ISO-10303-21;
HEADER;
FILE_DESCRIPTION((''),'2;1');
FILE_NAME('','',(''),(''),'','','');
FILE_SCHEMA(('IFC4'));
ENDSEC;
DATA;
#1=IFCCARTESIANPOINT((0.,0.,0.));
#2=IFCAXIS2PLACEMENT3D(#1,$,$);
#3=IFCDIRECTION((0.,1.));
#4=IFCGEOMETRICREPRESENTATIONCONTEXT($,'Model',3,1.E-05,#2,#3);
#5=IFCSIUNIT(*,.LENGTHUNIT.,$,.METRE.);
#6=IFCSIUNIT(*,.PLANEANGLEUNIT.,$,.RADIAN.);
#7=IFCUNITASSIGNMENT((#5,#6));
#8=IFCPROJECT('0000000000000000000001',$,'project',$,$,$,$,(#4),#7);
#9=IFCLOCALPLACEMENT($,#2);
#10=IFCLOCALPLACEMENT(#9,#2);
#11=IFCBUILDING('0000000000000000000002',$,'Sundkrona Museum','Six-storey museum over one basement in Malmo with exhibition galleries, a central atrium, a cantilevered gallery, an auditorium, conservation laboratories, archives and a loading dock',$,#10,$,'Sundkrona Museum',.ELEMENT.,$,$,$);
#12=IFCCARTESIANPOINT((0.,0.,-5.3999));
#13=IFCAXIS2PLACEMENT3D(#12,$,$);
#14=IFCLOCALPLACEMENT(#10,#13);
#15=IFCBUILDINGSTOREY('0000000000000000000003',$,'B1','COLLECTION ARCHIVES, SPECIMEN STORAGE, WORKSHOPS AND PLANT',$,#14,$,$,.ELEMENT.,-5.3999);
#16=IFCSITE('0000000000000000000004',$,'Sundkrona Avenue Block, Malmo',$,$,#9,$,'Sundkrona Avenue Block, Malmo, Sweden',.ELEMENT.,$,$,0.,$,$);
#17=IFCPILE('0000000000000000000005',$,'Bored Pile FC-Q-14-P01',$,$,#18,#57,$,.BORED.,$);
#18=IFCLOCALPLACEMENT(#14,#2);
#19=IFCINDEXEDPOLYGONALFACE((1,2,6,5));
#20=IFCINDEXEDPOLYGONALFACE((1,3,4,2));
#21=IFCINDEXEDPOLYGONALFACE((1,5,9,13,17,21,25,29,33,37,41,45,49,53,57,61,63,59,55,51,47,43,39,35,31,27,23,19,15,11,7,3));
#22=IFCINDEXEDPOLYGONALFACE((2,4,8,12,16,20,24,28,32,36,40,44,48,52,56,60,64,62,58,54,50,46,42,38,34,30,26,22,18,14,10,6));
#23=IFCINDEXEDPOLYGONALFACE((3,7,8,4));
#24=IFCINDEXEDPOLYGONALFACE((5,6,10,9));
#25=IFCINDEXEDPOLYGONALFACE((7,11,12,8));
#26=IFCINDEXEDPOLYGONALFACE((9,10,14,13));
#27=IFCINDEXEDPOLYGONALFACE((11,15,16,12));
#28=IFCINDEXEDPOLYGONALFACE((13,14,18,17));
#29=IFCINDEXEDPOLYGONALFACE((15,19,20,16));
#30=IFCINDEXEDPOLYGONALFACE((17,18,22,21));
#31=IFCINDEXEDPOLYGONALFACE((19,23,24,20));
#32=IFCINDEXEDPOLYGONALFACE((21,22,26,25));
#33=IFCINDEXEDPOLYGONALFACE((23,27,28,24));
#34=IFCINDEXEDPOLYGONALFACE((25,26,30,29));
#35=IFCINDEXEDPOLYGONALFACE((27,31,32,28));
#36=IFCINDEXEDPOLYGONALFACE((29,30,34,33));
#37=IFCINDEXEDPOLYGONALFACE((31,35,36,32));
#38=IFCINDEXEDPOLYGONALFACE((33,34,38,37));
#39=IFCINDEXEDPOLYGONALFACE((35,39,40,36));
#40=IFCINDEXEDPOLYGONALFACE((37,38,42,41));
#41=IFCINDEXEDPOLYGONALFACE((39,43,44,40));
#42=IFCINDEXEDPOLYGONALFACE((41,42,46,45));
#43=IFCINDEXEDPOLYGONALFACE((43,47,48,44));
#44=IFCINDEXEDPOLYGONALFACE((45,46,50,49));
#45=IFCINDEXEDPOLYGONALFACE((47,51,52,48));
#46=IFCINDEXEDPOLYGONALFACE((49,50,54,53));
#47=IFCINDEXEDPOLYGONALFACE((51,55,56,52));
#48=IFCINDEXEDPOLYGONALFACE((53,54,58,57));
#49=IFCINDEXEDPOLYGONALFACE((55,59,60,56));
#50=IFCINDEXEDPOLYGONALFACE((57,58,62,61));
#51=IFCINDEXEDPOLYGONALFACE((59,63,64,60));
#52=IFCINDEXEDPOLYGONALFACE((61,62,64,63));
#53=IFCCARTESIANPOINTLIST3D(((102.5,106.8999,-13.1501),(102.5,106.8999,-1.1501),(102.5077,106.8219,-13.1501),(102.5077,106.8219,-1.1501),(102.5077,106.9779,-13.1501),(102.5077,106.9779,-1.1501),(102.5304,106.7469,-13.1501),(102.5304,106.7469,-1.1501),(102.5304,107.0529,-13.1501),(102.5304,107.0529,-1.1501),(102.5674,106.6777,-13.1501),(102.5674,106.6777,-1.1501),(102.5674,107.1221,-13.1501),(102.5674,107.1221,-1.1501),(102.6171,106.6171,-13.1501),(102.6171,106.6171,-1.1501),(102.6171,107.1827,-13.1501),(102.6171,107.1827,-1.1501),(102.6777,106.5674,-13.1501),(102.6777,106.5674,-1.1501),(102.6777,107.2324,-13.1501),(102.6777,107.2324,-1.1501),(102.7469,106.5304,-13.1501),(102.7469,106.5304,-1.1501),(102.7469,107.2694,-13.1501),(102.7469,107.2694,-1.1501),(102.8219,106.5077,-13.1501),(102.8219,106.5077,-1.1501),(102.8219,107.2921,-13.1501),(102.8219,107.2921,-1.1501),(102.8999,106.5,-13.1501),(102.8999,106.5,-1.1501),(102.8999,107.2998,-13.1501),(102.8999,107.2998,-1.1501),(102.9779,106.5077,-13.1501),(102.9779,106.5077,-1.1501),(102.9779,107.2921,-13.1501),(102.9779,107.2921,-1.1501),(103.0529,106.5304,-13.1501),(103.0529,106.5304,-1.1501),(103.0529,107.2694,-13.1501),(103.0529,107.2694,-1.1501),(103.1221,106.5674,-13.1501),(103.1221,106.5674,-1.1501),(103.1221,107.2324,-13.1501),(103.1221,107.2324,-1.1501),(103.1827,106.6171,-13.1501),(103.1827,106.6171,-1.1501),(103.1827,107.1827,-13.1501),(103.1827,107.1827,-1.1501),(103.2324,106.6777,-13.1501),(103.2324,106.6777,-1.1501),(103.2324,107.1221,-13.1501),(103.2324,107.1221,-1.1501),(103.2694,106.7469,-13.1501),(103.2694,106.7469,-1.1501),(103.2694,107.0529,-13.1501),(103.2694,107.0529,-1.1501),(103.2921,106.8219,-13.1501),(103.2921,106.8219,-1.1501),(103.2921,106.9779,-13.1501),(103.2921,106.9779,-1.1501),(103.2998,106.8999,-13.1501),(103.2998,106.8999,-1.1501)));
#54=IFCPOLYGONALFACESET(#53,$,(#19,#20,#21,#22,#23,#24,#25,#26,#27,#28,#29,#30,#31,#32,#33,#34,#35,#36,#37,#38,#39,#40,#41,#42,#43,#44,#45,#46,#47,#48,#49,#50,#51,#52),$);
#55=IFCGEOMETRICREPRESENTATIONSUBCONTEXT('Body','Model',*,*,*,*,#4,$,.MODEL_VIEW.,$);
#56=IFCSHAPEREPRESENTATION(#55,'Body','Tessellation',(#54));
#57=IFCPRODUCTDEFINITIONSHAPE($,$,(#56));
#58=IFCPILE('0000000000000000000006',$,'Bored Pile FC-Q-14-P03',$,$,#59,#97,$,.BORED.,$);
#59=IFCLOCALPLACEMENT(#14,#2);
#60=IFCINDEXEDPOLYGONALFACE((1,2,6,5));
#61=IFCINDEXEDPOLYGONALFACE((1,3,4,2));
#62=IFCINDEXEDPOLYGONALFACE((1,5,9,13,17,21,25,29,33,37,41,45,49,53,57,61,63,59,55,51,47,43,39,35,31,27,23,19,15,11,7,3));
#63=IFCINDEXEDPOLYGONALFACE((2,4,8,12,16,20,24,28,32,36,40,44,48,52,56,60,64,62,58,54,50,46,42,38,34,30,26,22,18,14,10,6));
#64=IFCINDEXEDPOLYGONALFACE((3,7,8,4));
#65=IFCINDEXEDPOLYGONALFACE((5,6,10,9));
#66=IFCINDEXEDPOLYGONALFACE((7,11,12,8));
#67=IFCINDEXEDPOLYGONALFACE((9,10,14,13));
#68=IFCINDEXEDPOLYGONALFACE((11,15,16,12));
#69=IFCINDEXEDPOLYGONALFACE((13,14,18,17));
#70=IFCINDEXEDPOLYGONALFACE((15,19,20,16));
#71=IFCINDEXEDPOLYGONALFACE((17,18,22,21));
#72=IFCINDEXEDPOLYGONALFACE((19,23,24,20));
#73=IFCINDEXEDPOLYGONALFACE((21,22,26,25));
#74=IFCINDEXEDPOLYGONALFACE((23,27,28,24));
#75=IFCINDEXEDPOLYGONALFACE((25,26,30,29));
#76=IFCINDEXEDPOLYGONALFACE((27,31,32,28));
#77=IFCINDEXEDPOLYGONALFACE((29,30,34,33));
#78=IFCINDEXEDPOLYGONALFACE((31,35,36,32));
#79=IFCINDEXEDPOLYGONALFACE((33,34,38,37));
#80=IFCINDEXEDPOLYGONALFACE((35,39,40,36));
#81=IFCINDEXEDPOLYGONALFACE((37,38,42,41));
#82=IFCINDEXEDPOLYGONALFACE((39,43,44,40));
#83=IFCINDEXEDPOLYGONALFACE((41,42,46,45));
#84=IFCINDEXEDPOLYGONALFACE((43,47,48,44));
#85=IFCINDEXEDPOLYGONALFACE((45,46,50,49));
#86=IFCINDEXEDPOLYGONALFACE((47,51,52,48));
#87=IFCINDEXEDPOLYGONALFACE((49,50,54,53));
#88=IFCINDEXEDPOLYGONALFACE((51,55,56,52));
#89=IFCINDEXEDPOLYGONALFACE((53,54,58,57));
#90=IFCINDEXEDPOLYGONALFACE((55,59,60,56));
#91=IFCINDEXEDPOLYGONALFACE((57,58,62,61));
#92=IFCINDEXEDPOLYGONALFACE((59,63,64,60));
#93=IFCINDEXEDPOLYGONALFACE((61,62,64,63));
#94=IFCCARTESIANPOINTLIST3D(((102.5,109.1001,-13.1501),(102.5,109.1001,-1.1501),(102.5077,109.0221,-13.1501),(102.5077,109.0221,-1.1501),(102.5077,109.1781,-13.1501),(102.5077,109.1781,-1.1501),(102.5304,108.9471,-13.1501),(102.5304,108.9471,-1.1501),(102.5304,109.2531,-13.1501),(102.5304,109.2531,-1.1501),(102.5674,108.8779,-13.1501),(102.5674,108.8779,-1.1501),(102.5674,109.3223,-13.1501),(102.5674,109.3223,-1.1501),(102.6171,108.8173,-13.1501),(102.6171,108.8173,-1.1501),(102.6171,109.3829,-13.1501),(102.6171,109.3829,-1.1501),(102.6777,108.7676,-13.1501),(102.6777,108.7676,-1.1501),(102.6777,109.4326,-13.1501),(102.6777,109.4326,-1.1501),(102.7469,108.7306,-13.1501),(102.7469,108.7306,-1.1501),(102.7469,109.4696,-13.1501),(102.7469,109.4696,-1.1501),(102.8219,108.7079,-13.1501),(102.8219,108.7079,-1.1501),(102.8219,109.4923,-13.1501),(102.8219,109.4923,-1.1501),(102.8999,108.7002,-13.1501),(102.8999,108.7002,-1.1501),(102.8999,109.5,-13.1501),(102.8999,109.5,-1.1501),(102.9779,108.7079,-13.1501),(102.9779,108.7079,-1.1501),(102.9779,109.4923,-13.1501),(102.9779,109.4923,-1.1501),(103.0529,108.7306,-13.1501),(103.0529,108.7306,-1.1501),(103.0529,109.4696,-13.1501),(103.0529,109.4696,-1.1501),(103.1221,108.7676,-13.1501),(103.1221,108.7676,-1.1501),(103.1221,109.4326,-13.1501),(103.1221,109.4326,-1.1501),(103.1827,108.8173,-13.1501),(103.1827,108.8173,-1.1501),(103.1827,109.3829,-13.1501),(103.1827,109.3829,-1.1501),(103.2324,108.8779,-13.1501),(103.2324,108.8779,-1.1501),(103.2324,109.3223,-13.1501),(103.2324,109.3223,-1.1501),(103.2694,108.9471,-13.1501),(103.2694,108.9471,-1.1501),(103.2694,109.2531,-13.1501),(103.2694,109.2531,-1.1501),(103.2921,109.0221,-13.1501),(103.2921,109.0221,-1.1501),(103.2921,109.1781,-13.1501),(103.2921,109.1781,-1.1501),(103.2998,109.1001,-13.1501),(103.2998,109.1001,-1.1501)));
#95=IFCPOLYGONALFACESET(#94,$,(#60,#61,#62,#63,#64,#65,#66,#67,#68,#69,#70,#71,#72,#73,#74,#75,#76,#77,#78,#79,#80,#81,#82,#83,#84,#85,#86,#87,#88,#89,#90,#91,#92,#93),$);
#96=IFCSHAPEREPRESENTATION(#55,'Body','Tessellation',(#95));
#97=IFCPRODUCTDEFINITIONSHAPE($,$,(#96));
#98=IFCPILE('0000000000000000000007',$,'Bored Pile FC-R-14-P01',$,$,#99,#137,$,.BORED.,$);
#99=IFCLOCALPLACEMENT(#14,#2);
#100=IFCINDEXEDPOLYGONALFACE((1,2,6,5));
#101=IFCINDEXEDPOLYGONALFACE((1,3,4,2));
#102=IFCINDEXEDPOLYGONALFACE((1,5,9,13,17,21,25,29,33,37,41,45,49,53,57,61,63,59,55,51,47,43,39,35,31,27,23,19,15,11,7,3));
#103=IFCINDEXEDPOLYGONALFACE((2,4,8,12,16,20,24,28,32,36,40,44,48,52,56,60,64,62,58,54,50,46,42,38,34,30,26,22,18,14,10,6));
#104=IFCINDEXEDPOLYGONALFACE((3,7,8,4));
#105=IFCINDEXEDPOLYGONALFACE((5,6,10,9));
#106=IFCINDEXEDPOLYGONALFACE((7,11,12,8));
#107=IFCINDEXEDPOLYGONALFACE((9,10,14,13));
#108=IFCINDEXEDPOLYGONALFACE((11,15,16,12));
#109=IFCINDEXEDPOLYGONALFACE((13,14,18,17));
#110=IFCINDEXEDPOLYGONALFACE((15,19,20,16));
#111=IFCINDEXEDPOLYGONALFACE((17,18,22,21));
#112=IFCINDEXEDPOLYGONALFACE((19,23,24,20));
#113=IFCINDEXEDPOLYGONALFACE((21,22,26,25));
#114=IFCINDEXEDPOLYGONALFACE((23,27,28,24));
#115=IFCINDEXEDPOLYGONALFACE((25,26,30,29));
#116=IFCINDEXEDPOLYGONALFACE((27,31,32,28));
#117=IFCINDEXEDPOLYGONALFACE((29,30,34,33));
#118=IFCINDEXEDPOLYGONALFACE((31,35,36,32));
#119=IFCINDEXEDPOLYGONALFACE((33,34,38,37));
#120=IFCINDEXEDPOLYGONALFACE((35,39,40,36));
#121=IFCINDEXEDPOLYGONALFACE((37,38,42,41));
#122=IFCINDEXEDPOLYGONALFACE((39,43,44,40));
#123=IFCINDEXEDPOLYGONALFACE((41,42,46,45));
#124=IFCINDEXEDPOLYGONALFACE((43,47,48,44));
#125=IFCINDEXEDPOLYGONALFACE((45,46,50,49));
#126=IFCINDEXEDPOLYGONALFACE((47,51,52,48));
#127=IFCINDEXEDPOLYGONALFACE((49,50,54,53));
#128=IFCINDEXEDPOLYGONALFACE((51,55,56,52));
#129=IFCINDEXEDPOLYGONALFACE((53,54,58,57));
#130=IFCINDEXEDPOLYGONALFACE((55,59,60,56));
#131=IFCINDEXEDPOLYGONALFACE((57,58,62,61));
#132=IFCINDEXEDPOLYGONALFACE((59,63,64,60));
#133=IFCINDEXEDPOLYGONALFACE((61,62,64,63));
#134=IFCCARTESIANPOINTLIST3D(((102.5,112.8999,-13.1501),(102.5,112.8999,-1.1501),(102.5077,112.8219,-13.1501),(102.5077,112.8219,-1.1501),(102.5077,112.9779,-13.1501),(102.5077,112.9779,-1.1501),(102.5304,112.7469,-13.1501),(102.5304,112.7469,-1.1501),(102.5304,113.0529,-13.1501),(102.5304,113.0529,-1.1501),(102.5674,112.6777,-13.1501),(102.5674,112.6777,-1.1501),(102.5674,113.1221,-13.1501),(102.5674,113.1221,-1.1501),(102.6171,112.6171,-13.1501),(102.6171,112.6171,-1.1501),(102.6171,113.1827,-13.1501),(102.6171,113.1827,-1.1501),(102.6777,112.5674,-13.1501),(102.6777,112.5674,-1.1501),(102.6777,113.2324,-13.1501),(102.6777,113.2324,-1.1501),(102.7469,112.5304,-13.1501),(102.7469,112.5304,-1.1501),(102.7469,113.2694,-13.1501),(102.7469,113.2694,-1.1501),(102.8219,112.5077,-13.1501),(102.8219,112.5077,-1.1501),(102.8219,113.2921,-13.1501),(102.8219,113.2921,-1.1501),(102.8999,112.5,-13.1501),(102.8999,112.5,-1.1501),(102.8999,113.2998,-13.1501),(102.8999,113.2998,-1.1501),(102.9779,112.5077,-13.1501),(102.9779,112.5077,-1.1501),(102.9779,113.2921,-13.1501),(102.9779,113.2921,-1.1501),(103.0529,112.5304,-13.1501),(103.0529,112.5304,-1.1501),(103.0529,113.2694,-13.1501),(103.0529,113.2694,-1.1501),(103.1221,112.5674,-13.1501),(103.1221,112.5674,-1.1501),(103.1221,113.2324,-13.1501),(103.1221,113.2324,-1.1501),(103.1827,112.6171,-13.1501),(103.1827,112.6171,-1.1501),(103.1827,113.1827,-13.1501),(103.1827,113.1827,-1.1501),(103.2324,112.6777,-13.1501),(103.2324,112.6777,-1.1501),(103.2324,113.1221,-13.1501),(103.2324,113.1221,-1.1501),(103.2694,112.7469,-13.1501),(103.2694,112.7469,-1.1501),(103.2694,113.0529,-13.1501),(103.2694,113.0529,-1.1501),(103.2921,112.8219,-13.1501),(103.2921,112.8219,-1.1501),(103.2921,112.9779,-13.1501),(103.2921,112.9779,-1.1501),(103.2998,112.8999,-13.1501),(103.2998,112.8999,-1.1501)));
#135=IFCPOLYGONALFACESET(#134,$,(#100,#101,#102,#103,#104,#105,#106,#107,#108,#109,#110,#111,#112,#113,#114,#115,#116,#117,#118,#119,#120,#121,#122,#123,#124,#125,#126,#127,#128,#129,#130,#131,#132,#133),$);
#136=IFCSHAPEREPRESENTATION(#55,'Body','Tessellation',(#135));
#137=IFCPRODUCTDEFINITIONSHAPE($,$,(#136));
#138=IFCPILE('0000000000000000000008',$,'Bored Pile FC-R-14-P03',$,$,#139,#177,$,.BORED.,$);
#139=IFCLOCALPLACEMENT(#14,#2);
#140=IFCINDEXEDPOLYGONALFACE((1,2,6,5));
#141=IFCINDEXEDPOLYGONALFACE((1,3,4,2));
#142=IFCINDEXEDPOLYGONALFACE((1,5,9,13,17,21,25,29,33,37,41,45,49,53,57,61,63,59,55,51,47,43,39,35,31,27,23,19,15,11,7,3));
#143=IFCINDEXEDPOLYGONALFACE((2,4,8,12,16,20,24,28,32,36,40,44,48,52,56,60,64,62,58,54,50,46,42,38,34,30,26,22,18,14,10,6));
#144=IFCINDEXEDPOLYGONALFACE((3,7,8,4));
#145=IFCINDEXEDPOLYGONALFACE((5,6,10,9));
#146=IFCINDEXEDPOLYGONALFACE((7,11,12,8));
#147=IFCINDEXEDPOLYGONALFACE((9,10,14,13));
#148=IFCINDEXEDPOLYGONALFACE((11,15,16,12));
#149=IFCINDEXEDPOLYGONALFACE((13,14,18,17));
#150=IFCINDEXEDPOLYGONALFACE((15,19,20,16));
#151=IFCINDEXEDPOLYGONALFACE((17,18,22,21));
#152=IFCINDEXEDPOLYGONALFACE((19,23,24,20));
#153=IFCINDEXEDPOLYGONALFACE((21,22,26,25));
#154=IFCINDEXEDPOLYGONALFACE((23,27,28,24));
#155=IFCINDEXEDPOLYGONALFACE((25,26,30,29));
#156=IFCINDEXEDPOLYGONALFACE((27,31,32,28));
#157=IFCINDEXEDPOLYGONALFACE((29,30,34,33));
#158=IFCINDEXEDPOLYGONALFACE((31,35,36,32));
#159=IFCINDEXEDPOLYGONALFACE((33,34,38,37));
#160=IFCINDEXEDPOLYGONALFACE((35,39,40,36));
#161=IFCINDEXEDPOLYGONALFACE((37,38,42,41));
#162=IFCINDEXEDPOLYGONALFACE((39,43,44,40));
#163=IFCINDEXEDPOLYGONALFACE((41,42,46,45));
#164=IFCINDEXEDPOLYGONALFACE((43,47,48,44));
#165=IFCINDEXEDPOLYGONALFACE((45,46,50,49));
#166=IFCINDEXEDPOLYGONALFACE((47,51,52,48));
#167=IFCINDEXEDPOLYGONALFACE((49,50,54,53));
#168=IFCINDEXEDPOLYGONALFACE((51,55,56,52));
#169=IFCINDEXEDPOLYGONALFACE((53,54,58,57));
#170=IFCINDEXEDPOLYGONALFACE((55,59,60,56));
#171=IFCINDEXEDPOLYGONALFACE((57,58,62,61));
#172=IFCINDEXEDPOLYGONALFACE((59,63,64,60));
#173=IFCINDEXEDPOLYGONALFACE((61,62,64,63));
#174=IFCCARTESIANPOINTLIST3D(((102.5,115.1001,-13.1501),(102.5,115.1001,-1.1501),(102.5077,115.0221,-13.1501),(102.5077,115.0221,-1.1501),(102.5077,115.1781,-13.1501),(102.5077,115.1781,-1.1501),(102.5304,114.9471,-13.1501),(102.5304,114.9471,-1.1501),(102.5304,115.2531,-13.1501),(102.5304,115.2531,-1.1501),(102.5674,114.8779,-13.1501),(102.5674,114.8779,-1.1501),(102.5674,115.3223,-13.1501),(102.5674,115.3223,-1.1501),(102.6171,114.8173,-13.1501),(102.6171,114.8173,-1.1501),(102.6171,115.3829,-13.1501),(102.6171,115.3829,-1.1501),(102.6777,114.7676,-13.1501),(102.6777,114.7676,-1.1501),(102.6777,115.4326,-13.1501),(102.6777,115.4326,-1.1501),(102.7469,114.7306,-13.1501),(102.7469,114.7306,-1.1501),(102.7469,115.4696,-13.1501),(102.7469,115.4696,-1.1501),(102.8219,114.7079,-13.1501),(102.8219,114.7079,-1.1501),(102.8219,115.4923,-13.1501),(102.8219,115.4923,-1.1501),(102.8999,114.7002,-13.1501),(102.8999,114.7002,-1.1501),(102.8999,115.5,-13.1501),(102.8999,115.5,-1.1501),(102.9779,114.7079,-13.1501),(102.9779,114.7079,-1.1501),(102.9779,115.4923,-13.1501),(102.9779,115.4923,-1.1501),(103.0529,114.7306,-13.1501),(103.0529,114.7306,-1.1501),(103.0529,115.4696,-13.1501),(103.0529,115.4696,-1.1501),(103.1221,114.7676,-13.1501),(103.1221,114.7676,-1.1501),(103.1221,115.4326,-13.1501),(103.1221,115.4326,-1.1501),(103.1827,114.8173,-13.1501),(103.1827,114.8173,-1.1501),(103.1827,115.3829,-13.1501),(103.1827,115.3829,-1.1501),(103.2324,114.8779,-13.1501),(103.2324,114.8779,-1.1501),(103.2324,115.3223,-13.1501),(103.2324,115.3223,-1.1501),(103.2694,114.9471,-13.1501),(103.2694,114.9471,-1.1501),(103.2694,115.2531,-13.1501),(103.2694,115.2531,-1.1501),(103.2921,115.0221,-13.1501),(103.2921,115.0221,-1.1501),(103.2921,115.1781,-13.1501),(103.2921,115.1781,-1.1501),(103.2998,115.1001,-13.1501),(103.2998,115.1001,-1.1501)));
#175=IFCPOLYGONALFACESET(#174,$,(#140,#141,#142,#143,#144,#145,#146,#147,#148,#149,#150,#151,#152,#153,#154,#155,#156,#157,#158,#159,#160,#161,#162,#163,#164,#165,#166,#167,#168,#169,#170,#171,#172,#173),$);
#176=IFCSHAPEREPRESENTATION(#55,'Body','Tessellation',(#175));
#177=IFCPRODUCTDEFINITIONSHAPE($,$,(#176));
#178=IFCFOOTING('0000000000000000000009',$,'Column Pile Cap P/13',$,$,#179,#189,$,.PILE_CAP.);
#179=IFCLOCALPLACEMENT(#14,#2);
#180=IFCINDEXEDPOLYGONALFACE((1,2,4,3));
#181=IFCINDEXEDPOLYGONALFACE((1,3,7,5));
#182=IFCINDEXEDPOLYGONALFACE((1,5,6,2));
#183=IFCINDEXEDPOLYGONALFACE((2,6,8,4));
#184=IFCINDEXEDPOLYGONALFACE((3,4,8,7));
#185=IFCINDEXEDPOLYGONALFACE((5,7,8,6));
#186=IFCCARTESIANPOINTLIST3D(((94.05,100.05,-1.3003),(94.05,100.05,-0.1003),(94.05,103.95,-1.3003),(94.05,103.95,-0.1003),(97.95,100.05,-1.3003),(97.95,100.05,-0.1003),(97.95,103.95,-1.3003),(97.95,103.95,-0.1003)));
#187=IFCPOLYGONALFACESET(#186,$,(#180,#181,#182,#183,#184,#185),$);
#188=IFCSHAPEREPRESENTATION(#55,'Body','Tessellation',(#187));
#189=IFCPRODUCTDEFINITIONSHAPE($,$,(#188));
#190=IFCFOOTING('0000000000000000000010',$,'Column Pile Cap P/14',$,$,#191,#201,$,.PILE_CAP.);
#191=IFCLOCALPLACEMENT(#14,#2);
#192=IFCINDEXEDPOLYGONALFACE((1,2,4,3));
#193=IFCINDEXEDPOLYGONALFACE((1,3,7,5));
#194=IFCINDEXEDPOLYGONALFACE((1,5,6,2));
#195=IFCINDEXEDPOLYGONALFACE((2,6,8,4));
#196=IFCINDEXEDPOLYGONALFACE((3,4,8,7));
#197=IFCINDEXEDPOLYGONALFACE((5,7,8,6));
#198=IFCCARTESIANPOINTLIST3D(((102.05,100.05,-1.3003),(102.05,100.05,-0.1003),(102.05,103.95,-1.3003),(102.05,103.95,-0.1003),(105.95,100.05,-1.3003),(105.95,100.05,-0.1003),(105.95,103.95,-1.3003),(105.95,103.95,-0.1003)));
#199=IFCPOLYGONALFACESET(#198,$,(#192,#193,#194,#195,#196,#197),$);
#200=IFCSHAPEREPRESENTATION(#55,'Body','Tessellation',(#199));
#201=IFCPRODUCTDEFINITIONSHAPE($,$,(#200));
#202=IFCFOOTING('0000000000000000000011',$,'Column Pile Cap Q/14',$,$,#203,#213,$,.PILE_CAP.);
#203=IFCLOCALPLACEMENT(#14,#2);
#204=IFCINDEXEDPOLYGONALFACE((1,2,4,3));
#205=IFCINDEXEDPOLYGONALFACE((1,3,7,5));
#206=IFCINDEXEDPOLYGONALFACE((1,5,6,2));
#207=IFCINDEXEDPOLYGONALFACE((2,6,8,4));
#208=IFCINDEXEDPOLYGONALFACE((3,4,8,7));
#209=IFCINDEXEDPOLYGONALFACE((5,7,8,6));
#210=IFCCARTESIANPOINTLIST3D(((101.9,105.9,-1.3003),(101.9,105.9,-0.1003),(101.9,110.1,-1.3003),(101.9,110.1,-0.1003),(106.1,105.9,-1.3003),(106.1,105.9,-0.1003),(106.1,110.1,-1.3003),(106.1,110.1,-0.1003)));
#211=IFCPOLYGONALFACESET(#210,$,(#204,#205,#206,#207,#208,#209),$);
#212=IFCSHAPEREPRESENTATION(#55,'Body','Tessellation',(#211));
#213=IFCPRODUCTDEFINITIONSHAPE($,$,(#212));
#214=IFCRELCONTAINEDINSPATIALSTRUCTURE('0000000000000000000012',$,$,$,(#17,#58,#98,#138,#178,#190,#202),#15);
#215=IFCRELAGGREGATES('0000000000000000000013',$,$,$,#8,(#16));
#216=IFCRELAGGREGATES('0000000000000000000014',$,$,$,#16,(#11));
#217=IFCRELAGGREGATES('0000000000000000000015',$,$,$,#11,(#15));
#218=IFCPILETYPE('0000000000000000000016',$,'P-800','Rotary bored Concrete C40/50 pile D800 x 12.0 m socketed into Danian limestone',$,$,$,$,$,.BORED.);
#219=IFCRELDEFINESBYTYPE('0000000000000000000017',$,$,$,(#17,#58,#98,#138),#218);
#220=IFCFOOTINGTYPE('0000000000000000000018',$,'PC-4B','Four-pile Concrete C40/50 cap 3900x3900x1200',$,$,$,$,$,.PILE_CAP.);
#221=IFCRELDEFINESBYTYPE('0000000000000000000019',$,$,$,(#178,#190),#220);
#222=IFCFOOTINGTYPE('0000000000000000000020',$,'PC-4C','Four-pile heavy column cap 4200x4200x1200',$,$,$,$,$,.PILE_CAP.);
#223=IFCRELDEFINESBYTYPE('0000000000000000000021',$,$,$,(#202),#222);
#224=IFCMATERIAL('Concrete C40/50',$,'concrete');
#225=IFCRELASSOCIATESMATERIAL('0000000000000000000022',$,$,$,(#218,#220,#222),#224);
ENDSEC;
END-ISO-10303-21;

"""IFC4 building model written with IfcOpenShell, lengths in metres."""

from ifc_helpers import new_model, si_unit, direction, frame, origin, origin_2d, place, context, subcontext, project, spatial, rectangle, circle, extrude, material, material_profile, profile_set, type_object, element, save


model = new_model("IFC4")

# Units and contexts
model_context = context("Model", 3, precision=1e-05, world=origin(), true_north=direction((0.0, 1.0)))
body_context = subcontext(model_context, "Body", "Model", "MODEL_VIEW")
ifc_project = project(units=[si_unit("LENGTHUNIT", "METRE"), si_unit("PLANEANGLEUNIT", "RADIAN")], contexts=[model_context])

# Site, building, storey
site_placement = place(None, origin())
site = spatial("IfcSite", under=ifc_project, at=site_placement, Name="Sundkrona Avenue Block, Malmo", LongName="Sundkrona Avenue Block, Malmo, Sweden", CompositionType="ELEMENT", RefElevation=0.0)
building_placement = place(site_placement, origin())
building = spatial("IfcBuilding", under=site, at=building_placement, Name="Sundkrona Museum", Description="Six-storey museum over one basement in Malmo with exhibition galleries, a central atrium, a cantilevered gallery, an auditorium, conservation laboratories, archives and a loading dock", LongName="Sundkrona Museum", CompositionType="ELEMENT")
storey_placement = place(building_placement, frame((0.0, 0.0, -5.3999)))
storey = spatial("IfcBuildingStorey", under=building, at=storey_placement, Name="B1", Description="COLLECTION ARCHIVES, SPECIMEN STORAGE, WORKSHOPS AND PLANT", CompositionType="ELEMENT", Elevation=-5.3999)

# Shared definitions
ifc_material_1 = material(Name="Concrete C40/50", Category="concrete")

# Piles
ifc_material_profile_1 = material_profile(ifc_material_1, circle(Radius=0.3999, at=origin_2d()), Name="PILE D800")
ifc_profile_set_1 = profile_set([ifc_material_profile_1], Name="Concrete C40/50")
pile_type = type_object("IfcPileType", Name="P-800", Description="Rotary bored Concrete C40/50 pile D800 x 12.0 m socketed into Danian limestone", PredefinedType="BORED", material=ifc_profile_set_1)
for number, where, z_axis, x_axis, name in (
    (1, (102.8999, 106.8999, -1.1501), (0.0, 0.0, -1.0), (1.0, 0.0, 0.0), "Bored Pile FC-Q-14-P01"),
    (2, (102.8999, 109.1001, -1.1501), (0.0, 0.0, -1.0), (1.0, 0.0, 0.0), "Bored Pile FC-Q-14-P03"),
    (3, (102.8999, 112.8999, -1.1501), (0.0, 0.0, -1.0), (1.0, 0.0, 0.0), "Bored Pile FC-R-14-P01"),
    (4, (102.8999, 115.1001, -1.1501), (0.0, 0.0, -1.0), (1.0, 0.0, 0.0), "Bored Pile FC-R-14-P03"),
):
    element("IfcPile", number, at=place(storey_placement, frame(where, z_axis=z_axis, x_axis=x_axis)), inside=storey, type_object=pile_type, Name=name, PredefinedType="BORED", context=body_context, shape_type="SweptSolid", body=[
        extrude(circle(Radius=0.3999, at=origin_2d()), origin(), (0.0, 0.0, 1.0), 12.0),
    ])

# Footings
footing_type_1 = type_object("IfcFootingType", Name="PC-4B", Description="Four-pile Concrete C40/50 cap 3900x3900x1200", PredefinedType="PILE_CAP", material=ifc_material_1)
for number, where, z_axis, x_axis, name in (
    (5, (96.0, 102.0, -1.3003), (0.0, 0.0, 1.0), (1.0, 0.0, 0.0), "Column Pile Cap P/13"),
    (6, (104.0, 102.0, -1.3003), (0.0, 0.0, 1.0), (1.0, 0.0, 0.0), "Column Pile Cap P/14"),
):
    element("IfcFooting", number, at=place(storey_placement, frame(where, z_axis=z_axis, x_axis=x_axis)), inside=storey, type_object=footing_type_1, Name=name, PredefinedType="PILE_CAP", context=body_context, shape_type="SweptSolid", body=[
        extrude(rectangle(XDim=3.8999, YDim=3.8999, at=origin_2d()), origin(), (0.0, 0.0, 1.0), 1.2),
    ])
footing_type_2 = type_object("IfcFootingType", Name="PC-4C", Description="Four-pile heavy column cap 4200x4200x1200", PredefinedType="PILE_CAP", material=ifc_material_1)
footing_1_placement = place(storey_placement, frame((104.0, 108.0, -1.3003), z_axis=(0.0, 0.0, 1.0), x_axis=(1.0, 0.0, 0.0)))
element("IfcFooting", 7, at=footing_1_placement, inside=storey, type_object=footing_type_2, Name="Column Pile Cap Q/14", PredefinedType="PILE_CAP", context=body_context, shape_type="SweptSolid", body=[
    extrude(rectangle(XDim=4.2, YDim=4.2, at=origin_2d()), origin(), (0.0, 0.0, 1.0), 1.2),
])

save(model, "model.ifc")
